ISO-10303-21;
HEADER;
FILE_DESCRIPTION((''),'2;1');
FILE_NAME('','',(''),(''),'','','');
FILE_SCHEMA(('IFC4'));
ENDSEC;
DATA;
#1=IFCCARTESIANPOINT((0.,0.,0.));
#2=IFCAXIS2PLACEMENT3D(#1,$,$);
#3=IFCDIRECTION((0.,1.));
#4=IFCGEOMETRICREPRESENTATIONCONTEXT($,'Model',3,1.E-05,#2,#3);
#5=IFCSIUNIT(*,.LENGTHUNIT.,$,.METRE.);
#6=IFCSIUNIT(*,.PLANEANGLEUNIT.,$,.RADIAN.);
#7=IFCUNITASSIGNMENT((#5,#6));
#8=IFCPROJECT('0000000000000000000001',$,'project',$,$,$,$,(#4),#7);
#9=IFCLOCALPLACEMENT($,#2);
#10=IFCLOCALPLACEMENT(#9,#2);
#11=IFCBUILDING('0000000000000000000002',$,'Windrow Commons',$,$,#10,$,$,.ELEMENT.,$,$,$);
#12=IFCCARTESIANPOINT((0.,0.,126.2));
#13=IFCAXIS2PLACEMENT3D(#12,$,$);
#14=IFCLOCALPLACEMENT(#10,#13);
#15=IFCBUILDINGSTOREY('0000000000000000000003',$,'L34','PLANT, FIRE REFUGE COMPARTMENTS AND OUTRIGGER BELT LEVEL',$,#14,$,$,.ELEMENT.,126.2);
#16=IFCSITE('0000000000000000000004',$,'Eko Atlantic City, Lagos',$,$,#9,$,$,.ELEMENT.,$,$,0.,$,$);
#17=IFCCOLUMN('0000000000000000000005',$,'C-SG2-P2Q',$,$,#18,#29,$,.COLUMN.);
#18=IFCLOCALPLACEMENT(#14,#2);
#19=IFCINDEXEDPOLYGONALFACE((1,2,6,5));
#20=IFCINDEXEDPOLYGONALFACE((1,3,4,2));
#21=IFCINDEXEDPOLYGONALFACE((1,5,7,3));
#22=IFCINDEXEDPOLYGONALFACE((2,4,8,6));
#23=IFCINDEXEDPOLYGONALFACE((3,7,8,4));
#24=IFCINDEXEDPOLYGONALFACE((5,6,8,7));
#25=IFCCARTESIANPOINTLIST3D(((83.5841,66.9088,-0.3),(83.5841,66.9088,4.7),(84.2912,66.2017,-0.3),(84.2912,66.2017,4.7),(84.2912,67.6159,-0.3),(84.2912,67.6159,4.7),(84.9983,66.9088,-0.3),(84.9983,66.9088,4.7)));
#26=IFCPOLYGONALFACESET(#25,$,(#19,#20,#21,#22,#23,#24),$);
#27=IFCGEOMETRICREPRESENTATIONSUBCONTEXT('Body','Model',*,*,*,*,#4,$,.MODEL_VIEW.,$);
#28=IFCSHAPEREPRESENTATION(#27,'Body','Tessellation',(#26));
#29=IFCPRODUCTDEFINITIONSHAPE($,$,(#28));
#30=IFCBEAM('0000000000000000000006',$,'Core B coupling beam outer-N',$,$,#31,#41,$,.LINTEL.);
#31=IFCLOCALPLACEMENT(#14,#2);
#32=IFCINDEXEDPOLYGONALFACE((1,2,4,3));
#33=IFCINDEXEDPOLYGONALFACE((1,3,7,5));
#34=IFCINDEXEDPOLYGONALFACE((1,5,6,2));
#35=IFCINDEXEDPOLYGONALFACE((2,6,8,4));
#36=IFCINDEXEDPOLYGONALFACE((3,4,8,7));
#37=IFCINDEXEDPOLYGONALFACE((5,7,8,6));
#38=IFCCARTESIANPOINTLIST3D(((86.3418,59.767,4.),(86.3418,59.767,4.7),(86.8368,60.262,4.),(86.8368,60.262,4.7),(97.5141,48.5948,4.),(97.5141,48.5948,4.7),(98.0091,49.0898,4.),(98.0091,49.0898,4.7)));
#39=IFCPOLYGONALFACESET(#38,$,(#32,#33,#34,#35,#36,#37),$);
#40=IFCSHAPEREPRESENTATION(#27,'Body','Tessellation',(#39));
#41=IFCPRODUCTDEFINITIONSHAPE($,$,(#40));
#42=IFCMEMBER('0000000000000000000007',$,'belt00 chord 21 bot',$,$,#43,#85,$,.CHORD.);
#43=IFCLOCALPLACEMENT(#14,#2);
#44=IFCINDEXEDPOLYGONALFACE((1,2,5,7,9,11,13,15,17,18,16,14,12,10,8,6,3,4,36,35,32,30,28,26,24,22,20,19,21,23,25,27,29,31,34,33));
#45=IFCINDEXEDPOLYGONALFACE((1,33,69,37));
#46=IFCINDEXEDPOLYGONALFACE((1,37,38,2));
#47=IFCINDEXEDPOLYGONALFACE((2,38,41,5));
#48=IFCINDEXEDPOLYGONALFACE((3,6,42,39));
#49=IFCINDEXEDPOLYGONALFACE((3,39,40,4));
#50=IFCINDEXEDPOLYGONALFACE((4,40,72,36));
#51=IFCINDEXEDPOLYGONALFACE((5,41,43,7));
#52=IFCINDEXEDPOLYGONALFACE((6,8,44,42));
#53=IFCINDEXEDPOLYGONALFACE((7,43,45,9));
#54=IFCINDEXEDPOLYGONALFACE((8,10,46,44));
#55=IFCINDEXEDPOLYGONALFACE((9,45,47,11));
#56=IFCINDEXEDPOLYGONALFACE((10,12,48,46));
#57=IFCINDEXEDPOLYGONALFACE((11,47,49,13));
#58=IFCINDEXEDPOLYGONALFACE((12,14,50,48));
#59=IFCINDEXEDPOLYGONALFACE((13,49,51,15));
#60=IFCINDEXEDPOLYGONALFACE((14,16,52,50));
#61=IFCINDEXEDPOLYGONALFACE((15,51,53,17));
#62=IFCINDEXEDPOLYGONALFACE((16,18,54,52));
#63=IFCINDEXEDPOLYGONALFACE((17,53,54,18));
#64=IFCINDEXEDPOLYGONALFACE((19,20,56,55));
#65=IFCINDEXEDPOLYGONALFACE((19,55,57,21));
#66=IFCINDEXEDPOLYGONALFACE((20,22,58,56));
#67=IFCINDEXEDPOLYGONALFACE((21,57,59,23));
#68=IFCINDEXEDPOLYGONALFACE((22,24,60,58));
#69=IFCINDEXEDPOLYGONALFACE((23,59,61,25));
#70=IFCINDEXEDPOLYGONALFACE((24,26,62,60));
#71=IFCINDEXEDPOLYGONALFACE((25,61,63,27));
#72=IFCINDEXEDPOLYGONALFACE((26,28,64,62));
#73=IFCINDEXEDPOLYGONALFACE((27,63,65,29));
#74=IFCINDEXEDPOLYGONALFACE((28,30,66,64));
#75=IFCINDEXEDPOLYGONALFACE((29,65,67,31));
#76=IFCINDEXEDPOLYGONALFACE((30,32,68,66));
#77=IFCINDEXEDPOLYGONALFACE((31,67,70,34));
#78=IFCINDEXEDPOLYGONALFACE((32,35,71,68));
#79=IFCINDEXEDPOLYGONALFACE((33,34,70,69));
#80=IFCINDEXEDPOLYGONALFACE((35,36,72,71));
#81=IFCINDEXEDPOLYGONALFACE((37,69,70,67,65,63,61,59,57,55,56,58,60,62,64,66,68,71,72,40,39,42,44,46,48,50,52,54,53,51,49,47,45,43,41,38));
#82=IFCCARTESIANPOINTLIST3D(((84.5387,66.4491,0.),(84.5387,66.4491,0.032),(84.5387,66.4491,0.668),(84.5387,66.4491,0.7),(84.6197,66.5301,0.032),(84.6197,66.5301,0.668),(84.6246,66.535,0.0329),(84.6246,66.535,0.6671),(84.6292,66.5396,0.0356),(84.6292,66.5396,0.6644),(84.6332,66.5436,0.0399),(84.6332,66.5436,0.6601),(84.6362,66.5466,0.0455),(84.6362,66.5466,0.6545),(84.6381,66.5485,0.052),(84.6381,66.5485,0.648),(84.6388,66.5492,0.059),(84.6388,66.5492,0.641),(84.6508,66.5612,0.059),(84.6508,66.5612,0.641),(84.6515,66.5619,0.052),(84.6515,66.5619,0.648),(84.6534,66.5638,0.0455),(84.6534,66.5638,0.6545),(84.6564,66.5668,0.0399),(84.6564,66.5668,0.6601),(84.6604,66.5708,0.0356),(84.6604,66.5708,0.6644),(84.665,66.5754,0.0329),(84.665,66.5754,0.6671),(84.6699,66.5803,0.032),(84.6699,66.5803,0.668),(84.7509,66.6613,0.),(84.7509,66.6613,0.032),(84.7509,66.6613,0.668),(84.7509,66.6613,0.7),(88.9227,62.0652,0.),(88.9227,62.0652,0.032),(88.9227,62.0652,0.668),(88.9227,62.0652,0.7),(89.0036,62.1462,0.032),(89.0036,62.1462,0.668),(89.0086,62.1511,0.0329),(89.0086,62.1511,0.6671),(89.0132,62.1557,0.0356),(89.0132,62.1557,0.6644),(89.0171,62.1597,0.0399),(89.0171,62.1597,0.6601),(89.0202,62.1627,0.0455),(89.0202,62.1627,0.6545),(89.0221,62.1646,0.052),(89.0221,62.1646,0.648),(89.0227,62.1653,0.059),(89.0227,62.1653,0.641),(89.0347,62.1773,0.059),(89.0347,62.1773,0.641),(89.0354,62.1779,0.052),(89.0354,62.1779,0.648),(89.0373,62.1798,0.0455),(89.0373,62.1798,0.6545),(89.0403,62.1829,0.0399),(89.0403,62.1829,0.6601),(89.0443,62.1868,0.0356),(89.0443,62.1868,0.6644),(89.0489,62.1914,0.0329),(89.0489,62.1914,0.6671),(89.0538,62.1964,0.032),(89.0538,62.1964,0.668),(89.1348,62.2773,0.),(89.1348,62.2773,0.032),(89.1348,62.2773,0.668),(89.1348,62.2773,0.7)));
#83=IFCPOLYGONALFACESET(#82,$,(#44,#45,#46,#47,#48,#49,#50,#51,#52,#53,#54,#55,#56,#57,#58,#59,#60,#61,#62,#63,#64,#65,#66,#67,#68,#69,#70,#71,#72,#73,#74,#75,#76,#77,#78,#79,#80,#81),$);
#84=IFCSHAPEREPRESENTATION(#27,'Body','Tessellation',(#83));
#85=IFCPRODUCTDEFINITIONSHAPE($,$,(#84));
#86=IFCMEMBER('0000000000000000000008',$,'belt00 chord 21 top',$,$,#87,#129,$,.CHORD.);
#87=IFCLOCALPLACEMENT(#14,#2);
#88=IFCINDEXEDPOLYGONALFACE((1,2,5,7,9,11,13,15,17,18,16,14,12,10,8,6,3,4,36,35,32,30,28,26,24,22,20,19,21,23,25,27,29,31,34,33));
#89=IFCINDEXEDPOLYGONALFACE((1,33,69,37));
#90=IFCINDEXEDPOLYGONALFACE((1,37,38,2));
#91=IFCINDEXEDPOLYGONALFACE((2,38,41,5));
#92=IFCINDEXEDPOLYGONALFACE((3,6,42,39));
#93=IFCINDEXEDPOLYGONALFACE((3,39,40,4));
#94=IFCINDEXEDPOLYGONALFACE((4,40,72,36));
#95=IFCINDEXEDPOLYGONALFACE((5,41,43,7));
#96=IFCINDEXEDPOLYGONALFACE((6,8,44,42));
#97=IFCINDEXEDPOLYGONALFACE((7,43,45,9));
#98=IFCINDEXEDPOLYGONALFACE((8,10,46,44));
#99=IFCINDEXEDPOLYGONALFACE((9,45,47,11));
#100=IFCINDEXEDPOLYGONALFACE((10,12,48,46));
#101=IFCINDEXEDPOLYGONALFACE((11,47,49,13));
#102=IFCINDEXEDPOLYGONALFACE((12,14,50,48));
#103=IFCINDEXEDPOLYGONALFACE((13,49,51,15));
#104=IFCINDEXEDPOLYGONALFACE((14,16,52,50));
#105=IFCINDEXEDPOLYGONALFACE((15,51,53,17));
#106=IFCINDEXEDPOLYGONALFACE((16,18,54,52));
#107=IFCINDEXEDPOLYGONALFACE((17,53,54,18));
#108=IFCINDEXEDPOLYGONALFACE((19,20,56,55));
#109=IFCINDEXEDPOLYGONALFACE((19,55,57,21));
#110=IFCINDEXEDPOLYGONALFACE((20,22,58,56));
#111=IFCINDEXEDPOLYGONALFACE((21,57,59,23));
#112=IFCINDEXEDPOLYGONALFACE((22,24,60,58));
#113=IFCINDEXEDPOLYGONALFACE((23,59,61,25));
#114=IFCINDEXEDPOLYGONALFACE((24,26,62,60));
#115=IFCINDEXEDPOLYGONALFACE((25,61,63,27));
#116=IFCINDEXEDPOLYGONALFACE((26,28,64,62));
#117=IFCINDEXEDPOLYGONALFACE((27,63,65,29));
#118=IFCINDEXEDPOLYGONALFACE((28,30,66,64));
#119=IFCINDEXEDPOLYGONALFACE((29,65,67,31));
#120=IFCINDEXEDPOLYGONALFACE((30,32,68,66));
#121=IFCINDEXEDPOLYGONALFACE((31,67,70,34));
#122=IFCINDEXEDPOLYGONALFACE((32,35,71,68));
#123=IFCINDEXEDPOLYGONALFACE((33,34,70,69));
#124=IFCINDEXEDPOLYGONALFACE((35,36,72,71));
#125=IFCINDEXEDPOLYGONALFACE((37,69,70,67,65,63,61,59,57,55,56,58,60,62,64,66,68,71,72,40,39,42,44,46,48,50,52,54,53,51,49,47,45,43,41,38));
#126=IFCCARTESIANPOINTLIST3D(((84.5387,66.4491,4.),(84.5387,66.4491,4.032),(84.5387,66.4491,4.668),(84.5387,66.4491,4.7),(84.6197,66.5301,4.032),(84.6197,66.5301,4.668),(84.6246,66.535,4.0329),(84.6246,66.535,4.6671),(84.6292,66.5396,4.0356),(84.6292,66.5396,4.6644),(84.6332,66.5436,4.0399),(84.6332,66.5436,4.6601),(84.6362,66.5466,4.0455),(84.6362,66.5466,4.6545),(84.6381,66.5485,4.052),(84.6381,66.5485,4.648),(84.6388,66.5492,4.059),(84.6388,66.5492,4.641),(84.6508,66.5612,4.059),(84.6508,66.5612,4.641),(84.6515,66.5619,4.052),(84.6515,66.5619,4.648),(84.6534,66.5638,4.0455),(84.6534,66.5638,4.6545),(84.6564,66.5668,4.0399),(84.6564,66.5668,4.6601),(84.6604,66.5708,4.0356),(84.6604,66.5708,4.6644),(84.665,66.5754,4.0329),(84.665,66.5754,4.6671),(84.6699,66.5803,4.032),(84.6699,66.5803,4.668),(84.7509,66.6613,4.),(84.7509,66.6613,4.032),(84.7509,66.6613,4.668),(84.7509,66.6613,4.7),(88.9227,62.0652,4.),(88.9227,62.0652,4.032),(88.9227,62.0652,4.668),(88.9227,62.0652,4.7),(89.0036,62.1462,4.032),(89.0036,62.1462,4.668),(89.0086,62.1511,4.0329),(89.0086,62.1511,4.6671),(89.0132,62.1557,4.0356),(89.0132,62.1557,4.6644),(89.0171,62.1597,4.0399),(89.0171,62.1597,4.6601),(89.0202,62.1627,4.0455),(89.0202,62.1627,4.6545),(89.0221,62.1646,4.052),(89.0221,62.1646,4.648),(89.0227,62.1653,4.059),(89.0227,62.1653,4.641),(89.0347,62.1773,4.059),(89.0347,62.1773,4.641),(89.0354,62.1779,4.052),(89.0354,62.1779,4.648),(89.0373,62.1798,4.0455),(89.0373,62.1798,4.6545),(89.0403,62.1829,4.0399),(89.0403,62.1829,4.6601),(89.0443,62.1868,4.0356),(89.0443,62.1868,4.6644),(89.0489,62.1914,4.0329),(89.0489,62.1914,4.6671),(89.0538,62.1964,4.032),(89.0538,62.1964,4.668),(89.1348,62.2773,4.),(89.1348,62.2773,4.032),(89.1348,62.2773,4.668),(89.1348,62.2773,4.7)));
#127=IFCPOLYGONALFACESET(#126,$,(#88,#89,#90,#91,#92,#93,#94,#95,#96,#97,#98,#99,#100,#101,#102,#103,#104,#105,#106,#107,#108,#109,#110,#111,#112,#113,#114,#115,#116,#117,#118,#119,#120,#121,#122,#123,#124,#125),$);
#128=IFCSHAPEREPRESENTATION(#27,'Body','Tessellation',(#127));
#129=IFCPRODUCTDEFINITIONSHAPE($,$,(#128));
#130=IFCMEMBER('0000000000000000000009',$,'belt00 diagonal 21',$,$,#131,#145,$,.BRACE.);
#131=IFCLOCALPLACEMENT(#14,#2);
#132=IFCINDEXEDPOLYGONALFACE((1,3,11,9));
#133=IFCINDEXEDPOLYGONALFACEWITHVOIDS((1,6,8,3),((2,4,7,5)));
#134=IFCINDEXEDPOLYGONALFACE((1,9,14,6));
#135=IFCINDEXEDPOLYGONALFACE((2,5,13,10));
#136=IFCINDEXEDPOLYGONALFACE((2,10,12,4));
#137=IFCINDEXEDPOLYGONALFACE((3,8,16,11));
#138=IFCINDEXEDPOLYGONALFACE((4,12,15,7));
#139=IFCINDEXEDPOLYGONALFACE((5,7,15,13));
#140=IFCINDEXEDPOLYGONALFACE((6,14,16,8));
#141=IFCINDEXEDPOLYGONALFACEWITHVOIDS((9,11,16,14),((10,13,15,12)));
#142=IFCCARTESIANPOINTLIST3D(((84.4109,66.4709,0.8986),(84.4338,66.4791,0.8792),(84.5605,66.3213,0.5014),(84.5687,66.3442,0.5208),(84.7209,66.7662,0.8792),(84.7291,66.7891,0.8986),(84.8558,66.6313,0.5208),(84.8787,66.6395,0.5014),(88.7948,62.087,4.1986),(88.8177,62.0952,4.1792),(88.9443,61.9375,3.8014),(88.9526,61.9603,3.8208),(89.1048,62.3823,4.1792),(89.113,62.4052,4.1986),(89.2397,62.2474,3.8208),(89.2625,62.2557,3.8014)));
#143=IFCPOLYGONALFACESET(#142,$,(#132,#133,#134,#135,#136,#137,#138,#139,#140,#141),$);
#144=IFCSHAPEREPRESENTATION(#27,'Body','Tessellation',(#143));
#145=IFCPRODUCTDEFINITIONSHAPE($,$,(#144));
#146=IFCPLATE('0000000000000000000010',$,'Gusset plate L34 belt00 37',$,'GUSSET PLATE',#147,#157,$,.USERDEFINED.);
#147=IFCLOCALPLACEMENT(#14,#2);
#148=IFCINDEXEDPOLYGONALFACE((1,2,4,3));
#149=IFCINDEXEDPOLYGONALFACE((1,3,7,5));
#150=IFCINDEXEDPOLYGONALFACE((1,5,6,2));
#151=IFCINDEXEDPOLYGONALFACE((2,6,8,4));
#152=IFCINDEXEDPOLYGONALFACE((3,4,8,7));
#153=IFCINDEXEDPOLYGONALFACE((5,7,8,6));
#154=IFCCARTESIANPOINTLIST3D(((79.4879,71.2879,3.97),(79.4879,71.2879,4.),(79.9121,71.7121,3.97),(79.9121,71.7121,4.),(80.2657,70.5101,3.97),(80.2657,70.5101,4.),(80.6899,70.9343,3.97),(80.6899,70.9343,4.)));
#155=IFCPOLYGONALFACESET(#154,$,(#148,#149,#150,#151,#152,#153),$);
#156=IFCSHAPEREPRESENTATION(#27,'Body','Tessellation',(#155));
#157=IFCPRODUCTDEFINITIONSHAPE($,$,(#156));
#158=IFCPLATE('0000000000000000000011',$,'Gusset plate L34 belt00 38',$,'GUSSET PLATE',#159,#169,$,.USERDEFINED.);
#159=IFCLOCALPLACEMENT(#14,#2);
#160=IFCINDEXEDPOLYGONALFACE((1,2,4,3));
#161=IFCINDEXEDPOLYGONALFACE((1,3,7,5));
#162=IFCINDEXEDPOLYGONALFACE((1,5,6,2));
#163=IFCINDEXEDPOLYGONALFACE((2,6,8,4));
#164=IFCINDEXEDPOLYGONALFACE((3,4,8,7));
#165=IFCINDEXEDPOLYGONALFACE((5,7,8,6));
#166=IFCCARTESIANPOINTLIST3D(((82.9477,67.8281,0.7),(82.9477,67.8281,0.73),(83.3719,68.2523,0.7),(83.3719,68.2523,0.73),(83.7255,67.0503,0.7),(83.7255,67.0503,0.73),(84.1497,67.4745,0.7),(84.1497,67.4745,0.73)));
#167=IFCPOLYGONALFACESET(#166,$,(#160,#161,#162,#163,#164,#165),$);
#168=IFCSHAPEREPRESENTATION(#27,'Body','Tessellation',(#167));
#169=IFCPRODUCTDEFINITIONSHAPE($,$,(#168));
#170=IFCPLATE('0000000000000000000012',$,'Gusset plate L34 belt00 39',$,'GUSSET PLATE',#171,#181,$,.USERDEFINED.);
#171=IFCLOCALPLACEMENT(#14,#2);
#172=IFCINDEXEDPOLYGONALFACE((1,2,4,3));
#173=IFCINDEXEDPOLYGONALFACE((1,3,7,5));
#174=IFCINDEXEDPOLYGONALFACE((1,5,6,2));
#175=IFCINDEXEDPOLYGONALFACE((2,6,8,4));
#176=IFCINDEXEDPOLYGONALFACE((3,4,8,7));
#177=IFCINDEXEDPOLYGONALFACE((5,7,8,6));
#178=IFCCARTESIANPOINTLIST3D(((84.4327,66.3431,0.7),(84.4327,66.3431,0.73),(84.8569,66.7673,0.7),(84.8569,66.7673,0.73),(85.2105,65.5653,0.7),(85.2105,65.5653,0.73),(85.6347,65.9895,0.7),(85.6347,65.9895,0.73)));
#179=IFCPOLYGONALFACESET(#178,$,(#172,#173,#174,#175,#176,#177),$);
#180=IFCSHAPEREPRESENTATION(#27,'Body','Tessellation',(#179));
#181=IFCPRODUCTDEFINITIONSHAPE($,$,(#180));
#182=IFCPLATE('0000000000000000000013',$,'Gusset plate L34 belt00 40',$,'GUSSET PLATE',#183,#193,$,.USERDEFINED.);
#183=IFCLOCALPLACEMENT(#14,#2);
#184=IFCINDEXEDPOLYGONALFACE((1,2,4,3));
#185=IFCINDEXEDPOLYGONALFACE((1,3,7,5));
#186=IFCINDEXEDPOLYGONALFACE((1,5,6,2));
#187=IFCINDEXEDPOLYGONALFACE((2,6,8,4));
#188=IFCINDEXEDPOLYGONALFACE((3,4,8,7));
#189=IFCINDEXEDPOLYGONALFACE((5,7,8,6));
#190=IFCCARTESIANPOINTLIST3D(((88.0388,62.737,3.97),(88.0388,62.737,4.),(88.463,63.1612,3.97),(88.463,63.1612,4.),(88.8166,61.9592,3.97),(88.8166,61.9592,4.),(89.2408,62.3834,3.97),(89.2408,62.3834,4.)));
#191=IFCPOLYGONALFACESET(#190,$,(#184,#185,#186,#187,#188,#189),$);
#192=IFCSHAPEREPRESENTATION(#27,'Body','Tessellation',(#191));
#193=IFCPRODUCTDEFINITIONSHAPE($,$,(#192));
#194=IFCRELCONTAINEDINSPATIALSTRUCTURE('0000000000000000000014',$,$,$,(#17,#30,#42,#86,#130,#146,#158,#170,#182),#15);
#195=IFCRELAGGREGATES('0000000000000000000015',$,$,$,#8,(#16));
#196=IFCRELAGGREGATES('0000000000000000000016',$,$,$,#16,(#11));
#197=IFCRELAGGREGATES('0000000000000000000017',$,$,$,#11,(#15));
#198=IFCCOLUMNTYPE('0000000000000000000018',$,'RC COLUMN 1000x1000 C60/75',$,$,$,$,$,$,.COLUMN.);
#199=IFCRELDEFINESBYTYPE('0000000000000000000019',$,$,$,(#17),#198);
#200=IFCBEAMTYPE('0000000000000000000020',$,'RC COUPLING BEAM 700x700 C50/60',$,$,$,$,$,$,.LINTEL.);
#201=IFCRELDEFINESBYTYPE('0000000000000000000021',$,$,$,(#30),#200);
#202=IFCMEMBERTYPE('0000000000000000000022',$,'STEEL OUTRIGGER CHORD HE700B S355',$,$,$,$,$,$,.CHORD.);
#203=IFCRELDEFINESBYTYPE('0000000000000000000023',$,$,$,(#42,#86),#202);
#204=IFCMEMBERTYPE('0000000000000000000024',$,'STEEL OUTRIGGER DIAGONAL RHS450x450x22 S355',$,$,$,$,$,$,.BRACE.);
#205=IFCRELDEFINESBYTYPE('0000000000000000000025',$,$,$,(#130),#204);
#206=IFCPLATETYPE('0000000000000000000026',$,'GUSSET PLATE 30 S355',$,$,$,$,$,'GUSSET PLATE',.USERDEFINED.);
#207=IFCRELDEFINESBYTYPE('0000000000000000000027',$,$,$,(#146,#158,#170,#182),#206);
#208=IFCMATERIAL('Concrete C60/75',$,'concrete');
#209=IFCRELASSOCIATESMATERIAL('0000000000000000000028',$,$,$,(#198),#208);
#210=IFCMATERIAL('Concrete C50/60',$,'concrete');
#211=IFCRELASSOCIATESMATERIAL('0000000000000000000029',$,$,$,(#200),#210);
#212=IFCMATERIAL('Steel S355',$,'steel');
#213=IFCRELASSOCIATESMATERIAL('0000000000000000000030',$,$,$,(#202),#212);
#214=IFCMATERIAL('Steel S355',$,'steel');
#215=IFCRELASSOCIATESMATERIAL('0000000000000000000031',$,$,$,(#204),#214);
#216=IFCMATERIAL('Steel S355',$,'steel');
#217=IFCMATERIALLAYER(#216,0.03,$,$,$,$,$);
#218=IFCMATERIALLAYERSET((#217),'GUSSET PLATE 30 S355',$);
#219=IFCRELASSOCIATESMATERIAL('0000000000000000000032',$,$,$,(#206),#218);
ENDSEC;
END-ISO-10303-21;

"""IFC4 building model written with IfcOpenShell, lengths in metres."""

from ifc_helpers import new_model, si_unit, direction, frame, origin, origin_2d, place, context, subcontext, project, spatial, rectangle, hollow_rectangle, i_section, extrude, material, layer, layer_set, material_profile, profile_set, type_object, element, save


model = new_model("IFC4")

# Units and contexts
model_context = context("Model", 3, precision=1e-05, world=origin(), true_north=direction((0.0, 1.0)))
body_context = subcontext(model_context, "Body", "Model", "MODEL_VIEW")
ifc_project = project(units=[si_unit("LENGTHUNIT", "METRE"), si_unit("PLANEANGLEUNIT", "RADIAN")], contexts=[model_context])

# Site, building, storey
site_placement = place(None, origin())
site = spatial("IfcSite", under=ifc_project, at=site_placement, Name="Eko Atlantic City, Lagos", CompositionType="ELEMENT", RefElevation=0.0)
building_placement = place(site_placement, origin())
building = spatial("IfcBuilding", under=site, at=building_placement, Name="Windrow Commons", CompositionType="ELEMENT")
storey_placement = place(building_placement, frame((0.0, 0.0, 126.2)))
storey = spatial("IfcBuildingStorey", under=building, at=storey_placement, Name="L34", Description="PLANT, FIRE REFUGE COMPARTMENTS AND OUTRIGGER BELT LEVEL", CompositionType="ELEMENT", Elevation=126.2)

# Column
ifc_material_1 = material(Name="Concrete C60/75", Category="concrete")
ifc_material_profile_1 = material_profile(ifc_material_1, rectangle(XDim=1.0, YDim=1.0, at=origin_2d()))
ifc_profile_set_1 = profile_set([ifc_material_profile_1], Name="Concrete C60/75")
column_type = type_object("IfcColumnType", Name="RC COLUMN 1000x1000 C60/75", PredefinedType="COLUMN", material=ifc_profile_set_1)
column_placement = place(storey_placement, frame((84.2912, 66.9088, -0.3), z_axis=(0.0, 0.0, 1.0), x_axis=(0.707107, -0.707107, 0.0)))
element("IfcColumn", 1, at=column_placement, inside=storey, type_object=column_type, Name="C-SG2-P2Q", PredefinedType="COLUMN", context=body_context, shape_type="SweptSolid", body=[
    extrude(rectangle(XDim=1.0, YDim=1.0, at=origin_2d()), origin(), (0.0, 0.0, 1.0), 5.0),
])

# Beam
ifc_material_2 = material(Name="Concrete C50/60", Category="concrete")
ifc_material_profile_2 = material_profile(ifc_material_2, rectangle(XDim=0.7, YDim=0.7, at=origin_2d()))
ifc_profile_set_2 = profile_set([ifc_material_profile_2], Name="Concrete C50/60")
beam_type = type_object("IfcBeamType", Name="RC COUPLING BEAM 700x700 C50/60", PredefinedType="LINTEL", material=ifc_profile_set_2)
beam_placement = place(storey_placement, frame((86.5893, 60.0145, 4.35), z_axis=(0.70711, -0.707104, 0.0), x_axis=(0.707104, 0.70711, 0.0)))
element("IfcBeam", 2, at=beam_placement, inside=storey, type_object=beam_type, Name="Core B coupling beam outer-N", PredefinedType="LINTEL", context=body_context, shape_type="SweptSolid", body=[
    extrude(rectangle(XDim=0.7, YDim=0.7, at=origin_2d()), origin(), (0.0, 0.0, 1.0), 15.7999),
])

# Members
ifc_material_3 = material(Name="Steel S355", Category="steel")
ifc_material_profile_3 = material_profile(ifc_material_3, i_section(OverallWidth=0.3, OverallDepth=0.7, WebThickness=0.017, FlangeThickness=0.032, FilletRadius=0.027, at=origin_2d()))
ifc_profile_set_3 = profile_set([ifc_material_profile_3], Name="Steel S355")
member_type_1 = type_object("IfcMemberType", Name="STEEL OUTRIGGER CHORD HE700B S355", PredefinedType="CHORD", material=ifc_profile_set_3)
for number, where, z_axis, x_axis, name in (
    (3, (84.6448, 66.5552, 0.35), (0.707107, -0.707107, 0.0), (0.707107, 0.707107, 0.0), "belt00 chord 21 bot"),
    (4, (84.6448, 66.5552, 4.35), (0.707107, -0.707107, 0.0), (0.707107, 0.707107, 0.0), "belt00 chord 21 top"),
):
    element("IfcMember", number, at=place(storey_placement, frame(where, z_axis=z_axis, x_axis=x_axis)), inside=storey, type_object=member_type_1, Name=name, PredefinedType="CHORD", context=body_context, shape_type="SweptSolid", body=[
        extrude(i_section(OverallWidth=0.3, OverallDepth=0.7, WebThickness=0.017, FlangeThickness=0.032, FilletRadius=0.027, at=origin_2d()), origin(), (0.0, 0.0, 1.0), 6.1998),
    ])
ifc_material_4 = material(Name="Steel S355", Category="steel")
ifc_material_profile_4 = material_profile(ifc_material_4, hollow_rectangle(XDim=0.45, YDim=0.45, WallThickness=0.022, at=origin_2d()))
ifc_profile_set_4 = profile_set([ifc_material_profile_4], Name="Steel S355")
member_type_2 = type_object("IfcMemberType", Name="STEEL OUTRIGGER DIAGONAL RHS450x450x22 S355", PredefinedType="BRACE", material=ifc_profile_set_4)
member_placement = place(storey_placement, frame((84.6448, 66.5552, 0.7), z_axis=(0.624191, -0.624191, 0.469863), x_axis=(0.707107, 0.707107, 0.0)))
element("IfcMember", 5, at=member_placement, inside=storey, type_object=member_type_2, Name="belt00 diagonal 21", PredefinedType="BRACE", context=body_context, shape_type="SweptSolid", body=[
    extrude(hollow_rectangle(XDim=0.45, YDim=0.45, WallThickness=0.022, at=origin_2d()), origin(), (0.0, 0.0, 1.0), 7.0233),
])

# Plates
ifc_material_5 = material(Name="Steel S355", Category="steel")
ifc_layer_1 = layer(ifc_material_5, 0.03)
ifc_layer_set_1 = layer_set([ifc_layer_1], Name="GUSSET PLATE 30 S355")
plate_type = type_object("IfcPlateType", Name="GUSSET PLATE 30 S355", ElementType="GUSSET PLATE", PredefinedType="USERDEFINED", material=ifc_layer_set_1)
for number, where, z_axis, x_axis, name in (
    (6, (80.0889, 71.1111, 3.97), (0.0, 0.0, 1.0), (0.707107, -0.707107, 0.0), "Gusset plate L34 belt00 37"),
    (7, (83.5487, 67.6513, 0.7), (0.0, 0.0, 1.0), (0.707107, -0.707107, 0.0), "Gusset plate L34 belt00 38"),
    (8, (85.0337, 66.1663, 0.7), (0.0, 0.0, 1.0), (0.707107, -0.707107, 0.0), "Gusset plate L34 belt00 39"),
    (9, (88.6398, 62.5602, 3.97), (0.0, 0.0, 1.0), (0.707107, -0.707107, 0.0), "Gusset plate L34 belt00 40"),
):
    element("IfcPlate", number, at=place(storey_placement, frame(where, z_axis=z_axis, x_axis=x_axis)), inside=storey, type_object=plate_type, Name=name, ObjectType="GUSSET PLATE", PredefinedType="USERDEFINED", context=body_context, shape_type="SweptSolid", body=[
        extrude(rectangle(XDim=1.1, YDim=0.6, at=origin_2d()), origin(), (0.0, 0.0, 1.0), 0.03),
    ])

save(model, "model.ifc")
